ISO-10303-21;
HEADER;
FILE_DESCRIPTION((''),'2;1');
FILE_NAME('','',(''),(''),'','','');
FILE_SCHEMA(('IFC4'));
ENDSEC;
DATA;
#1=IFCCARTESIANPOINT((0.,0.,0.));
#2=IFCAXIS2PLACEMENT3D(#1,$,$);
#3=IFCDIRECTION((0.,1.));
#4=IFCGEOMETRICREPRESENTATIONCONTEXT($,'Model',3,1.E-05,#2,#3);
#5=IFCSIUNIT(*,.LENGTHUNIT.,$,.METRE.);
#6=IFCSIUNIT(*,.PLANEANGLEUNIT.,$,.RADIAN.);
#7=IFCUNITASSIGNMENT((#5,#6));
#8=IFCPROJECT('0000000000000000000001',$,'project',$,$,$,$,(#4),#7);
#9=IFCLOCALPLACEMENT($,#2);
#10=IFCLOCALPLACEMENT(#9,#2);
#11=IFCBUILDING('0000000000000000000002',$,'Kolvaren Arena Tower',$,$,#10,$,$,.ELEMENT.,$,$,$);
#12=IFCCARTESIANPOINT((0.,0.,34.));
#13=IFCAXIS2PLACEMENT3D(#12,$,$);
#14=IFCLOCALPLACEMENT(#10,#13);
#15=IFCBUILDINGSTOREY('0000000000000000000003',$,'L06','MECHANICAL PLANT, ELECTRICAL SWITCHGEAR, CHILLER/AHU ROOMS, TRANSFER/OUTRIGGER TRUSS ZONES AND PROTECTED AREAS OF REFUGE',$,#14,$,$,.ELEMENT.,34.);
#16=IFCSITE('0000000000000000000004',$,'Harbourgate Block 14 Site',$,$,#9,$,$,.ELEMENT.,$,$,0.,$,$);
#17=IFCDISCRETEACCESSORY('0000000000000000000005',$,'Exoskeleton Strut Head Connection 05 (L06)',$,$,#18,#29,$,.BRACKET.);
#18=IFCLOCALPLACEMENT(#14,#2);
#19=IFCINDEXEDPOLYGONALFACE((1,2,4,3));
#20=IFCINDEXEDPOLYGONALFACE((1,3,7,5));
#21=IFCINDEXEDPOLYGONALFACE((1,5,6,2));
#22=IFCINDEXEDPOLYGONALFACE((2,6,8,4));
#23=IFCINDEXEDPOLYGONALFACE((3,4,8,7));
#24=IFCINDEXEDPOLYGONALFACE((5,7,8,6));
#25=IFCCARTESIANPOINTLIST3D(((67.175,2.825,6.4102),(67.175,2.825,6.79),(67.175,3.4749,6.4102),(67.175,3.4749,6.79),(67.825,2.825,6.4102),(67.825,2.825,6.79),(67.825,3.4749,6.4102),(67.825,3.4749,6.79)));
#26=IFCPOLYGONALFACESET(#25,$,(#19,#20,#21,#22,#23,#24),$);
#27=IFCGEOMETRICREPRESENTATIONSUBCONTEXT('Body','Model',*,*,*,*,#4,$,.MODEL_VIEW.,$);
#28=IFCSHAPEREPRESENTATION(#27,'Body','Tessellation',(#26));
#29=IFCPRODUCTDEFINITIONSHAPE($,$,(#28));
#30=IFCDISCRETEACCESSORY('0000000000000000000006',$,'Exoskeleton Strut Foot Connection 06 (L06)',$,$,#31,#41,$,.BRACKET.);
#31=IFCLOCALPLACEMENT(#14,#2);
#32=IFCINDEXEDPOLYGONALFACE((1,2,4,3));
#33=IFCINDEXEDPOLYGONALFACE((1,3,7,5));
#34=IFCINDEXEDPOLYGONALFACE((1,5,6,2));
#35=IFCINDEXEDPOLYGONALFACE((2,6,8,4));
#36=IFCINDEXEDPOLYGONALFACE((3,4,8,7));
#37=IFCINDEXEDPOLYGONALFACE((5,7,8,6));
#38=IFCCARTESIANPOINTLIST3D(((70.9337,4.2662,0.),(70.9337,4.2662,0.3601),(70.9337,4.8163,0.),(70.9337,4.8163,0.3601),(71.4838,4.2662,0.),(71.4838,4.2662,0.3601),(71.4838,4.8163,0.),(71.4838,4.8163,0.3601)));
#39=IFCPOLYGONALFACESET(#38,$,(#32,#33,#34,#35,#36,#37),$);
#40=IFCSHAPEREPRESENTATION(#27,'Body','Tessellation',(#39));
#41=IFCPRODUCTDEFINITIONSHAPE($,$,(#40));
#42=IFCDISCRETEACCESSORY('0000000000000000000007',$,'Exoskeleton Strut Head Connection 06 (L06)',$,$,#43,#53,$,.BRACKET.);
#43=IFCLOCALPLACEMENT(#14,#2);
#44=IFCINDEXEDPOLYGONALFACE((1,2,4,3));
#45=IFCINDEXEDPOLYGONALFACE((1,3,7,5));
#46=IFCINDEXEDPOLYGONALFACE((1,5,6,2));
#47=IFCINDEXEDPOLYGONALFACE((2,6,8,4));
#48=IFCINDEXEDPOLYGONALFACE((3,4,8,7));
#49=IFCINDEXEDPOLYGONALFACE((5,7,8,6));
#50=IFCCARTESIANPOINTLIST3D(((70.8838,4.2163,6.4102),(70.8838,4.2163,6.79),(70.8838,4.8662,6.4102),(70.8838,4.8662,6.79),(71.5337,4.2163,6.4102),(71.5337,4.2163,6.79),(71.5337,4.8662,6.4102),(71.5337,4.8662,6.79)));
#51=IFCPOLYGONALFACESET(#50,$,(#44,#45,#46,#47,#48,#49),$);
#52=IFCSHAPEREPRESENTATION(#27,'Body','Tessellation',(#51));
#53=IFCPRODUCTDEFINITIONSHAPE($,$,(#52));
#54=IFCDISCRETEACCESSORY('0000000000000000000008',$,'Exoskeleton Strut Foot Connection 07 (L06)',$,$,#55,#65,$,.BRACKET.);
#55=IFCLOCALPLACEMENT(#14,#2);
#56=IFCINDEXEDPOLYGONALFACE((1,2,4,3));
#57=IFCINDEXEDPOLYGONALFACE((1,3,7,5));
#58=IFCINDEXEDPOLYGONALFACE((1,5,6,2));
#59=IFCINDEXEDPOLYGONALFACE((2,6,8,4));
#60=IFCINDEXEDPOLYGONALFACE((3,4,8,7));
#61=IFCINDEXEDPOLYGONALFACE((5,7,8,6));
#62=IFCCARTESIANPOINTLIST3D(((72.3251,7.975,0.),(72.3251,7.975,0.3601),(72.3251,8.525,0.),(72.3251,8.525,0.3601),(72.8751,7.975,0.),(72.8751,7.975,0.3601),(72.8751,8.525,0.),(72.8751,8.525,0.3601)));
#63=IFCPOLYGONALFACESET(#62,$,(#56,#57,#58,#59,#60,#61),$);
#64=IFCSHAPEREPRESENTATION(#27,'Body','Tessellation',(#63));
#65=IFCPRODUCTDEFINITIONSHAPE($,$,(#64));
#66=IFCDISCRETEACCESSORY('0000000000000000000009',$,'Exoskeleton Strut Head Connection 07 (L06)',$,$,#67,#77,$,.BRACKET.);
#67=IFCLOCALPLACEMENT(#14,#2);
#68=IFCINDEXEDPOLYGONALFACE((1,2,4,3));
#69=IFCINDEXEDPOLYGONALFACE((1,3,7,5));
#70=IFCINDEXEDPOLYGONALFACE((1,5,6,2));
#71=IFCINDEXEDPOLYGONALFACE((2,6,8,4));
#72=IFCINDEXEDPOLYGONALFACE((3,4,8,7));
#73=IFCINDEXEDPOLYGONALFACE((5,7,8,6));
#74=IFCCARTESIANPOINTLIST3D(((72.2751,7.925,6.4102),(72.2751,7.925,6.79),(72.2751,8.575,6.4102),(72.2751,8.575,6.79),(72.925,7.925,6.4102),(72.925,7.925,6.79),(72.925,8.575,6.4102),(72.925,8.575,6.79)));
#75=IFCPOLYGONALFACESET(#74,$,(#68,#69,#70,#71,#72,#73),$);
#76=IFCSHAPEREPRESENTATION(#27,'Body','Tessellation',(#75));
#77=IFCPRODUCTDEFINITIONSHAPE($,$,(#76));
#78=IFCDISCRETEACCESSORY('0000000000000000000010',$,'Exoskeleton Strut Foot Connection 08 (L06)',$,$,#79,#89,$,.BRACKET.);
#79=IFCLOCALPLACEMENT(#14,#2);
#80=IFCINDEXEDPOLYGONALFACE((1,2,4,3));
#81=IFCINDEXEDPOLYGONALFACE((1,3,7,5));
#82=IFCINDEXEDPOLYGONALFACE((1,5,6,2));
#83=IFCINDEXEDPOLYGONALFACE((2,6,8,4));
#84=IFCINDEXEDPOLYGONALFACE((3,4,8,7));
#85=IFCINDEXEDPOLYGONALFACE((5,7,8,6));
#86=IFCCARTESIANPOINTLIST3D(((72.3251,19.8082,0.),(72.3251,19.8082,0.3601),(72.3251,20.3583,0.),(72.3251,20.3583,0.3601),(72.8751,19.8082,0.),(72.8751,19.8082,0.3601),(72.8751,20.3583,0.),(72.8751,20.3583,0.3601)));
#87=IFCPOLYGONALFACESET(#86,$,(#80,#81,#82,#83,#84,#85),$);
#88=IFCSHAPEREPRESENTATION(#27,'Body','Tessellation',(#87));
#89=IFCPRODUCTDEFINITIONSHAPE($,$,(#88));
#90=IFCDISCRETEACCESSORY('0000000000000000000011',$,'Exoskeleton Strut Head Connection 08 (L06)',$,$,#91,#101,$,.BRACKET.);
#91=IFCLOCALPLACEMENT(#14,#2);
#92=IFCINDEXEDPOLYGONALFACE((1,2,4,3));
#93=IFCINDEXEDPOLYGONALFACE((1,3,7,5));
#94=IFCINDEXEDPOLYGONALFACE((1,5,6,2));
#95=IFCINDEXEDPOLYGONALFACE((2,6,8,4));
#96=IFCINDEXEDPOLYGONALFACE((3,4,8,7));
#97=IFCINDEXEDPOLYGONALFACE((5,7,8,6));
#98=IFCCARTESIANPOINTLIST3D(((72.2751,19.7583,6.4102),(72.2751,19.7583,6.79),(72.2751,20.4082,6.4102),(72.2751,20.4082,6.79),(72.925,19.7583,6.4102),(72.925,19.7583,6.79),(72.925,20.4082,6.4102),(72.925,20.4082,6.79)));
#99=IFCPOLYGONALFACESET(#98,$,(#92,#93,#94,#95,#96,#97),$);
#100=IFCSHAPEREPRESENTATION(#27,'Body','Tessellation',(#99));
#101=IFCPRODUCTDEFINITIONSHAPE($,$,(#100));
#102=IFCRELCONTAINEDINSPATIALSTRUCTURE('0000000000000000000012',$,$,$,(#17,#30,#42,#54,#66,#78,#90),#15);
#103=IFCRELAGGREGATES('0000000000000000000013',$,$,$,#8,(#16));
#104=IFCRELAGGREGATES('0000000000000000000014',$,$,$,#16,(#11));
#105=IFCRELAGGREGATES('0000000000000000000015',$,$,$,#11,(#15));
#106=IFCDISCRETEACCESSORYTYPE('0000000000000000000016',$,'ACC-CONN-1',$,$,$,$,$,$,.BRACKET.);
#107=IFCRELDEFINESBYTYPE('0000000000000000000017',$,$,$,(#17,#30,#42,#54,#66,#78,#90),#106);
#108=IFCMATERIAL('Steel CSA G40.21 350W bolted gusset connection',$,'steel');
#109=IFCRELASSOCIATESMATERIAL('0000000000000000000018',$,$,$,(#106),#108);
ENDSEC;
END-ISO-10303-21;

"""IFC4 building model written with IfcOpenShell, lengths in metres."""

from ifc_helpers import new_model, si_unit, direction, frame, origin, origin_2d, place, context, subcontext, project, spatial, rectangle, extrude, material, type_object, element, save


model = new_model("IFC4")

# Units and contexts
model_context = context("Model", 3, precision=1e-05, world=origin(), true_north=direction((0.0, 1.0)))
body_context = subcontext(model_context, "Body", "Model", "MODEL_VIEW")
ifc_project = project(units=[si_unit("LENGTHUNIT", "METRE"), si_unit("PLANEANGLEUNIT", "RADIAN")], contexts=[model_context])

# Site, building, storey
site_placement = place(None, origin())
site = spatial("IfcSite", under=ifc_project, at=site_placement, Name="Harbourgate Block 14 Site", CompositionType="ELEMENT", RefElevation=0.0)
building_placement = place(site_placement, origin())
building = spatial("IfcBuilding", under=site, at=building_placement, Name="Kolvaren Arena Tower", CompositionType="ELEMENT")
storey_placement = place(building_placement, frame((0.0, 0.0, 34.0)))
storey = spatial("IfcBuildingStorey", under=building, at=storey_placement, Name="L06", Description="MECHANICAL PLANT, ELECTRICAL SWITCHGEAR, CHILLER/AHU ROOMS, TRANSFER/OUTRIGGER TRUSS ZONES AND PROTECTED AREAS OF REFUGE", CompositionType="ELEMENT", Elevation=34.0)

# Discrete accessories
ifc_material_1 = material(Name="Steel CSA G40.21 350W bolted gusset connection", Category="steel")
discrete_accessory_type = type_object("IfcDiscreteAccessoryType", Name="ACC-CONN-1", PredefinedType="BRACKET", material=ifc_material_1)
discrete_accessory_1_placement = place(storey_placement, frame((67.5, 3.1499, 6.4102), z_axis=(0.0, 0.0, 1.0), x_axis=(1.0, 0.0, 0.0)))
element("IfcDiscreteAccessory", 1, at=discrete_accessory_1_placement, inside=storey, type_object=discrete_accessory_type, Name="Exoskeleton Strut Head Connection 05 (L06)", PredefinedType="BRACKET", context=body_context, shape_type="SweptSolid", body=[
    extrude(rectangle(XDim=0.6499, YDim=0.6499, at=origin_2d()), origin(), (0.0, 0.0, 1.0), 0.3799),
])
discrete_accessory_2_placement = place(storey_placement, frame((71.2087, 4.5413, 0.0), z_axis=(0.0, 0.0, 1.0), x_axis=(1.0, 0.0, 0.0)))
element("IfcDiscreteAccessory", 2, at=discrete_accessory_2_placement, inside=storey, type_object=discrete_accessory_type, Name="Exoskeleton Strut Foot Connection 06 (L06)", PredefinedType="BRACKET", context=body_context, shape_type="SweptSolid", body=[
    extrude(rectangle(XDim=0.55, YDim=0.55, at=origin_2d()), origin(), (0.0, 0.0, 1.0), 0.3601),
])
discrete_accessory_3_placement = place(storey_placement, frame((71.2087, 4.5413, 6.4102), z_axis=(0.0, 0.0, 1.0), x_axis=(1.0, 0.0, 0.0)))
element("IfcDiscreteAccessory", 3, at=discrete_accessory_3_placement, inside=storey, type_object=discrete_accessory_type, Name="Exoskeleton Strut Head Connection 06 (L06)", PredefinedType="BRACKET", context=body_context, shape_type="SweptSolid", body=[
    extrude(rectangle(XDim=0.6499, YDim=0.6499, at=origin_2d()), origin(), (0.0, 0.0, 1.0), 0.3799),
])
discrete_accessory_4_placement = place(storey_placement, frame((72.6001, 8.25, 0.0), z_axis=(0.0, 0.0, 1.0), x_axis=(1.0, 0.0, 0.0)))
element("IfcDiscreteAccessory", 4, at=discrete_accessory_4_placement, inside=storey, type_object=discrete_accessory_type, Name="Exoskeleton Strut Foot Connection 07 (L06)", PredefinedType="BRACKET", context=body_context, shape_type="SweptSolid", body=[
    extrude(rectangle(XDim=0.55, YDim=0.55, at=origin_2d()), origin(), (0.0, 0.0, 1.0), 0.3601),
])
discrete_accessory_5_placement = place(storey_placement, frame((72.6001, 8.25, 6.4102), z_axis=(0.0, 0.0, 1.0), x_axis=(1.0, 0.0, 0.0)))
element("IfcDiscreteAccessory", 5, at=discrete_accessory_5_placement, inside=storey, type_object=discrete_accessory_type, Name="Exoskeleton Strut Head Connection 07 (L06)", PredefinedType="BRACKET", context=body_context, shape_type="SweptSolid", body=[
    extrude(rectangle(XDim=0.6499, YDim=0.6499, at=origin_2d()), origin(), (0.0, 0.0, 1.0), 0.3799),
])
discrete_accessory_6_placement = place(storey_placement, frame((72.6001, 20.0833, 0.0), z_axis=(0.0, 0.0, 1.0), x_axis=(1.0, 0.0, 0.0)))
element("IfcDiscreteAccessory", 6, at=discrete_accessory_6_placement, inside=storey, type_object=discrete_accessory_type, Name="Exoskeleton Strut Foot Connection 08 (L06)", PredefinedType="BRACKET", context=body_context, shape_type="SweptSolid", body=[
    extrude(rectangle(XDim=0.55, YDim=0.55, at=origin_2d()), origin(), (0.0, 0.0, 1.0), 0.3601),
])
discrete_accessory_7_placement = place(storey_placement, frame((72.6001, 20.0833, 6.4102), z_axis=(0.0, 0.0, 1.0), x_axis=(1.0, 0.0, 0.0)))
element("IfcDiscreteAccessory", 7, at=discrete_accessory_7_placement, inside=storey, type_object=discrete_accessory_type, Name="Exoskeleton Strut Head Connection 08 (L06)", PredefinedType="BRACKET", context=body_context, shape_type="SweptSolid", body=[
    extrude(rectangle(XDim=0.6499, YDim=0.6499, at=origin_2d()), origin(), (0.0, 0.0, 1.0), 0.3799),
])

save(model, "model.ifc")
